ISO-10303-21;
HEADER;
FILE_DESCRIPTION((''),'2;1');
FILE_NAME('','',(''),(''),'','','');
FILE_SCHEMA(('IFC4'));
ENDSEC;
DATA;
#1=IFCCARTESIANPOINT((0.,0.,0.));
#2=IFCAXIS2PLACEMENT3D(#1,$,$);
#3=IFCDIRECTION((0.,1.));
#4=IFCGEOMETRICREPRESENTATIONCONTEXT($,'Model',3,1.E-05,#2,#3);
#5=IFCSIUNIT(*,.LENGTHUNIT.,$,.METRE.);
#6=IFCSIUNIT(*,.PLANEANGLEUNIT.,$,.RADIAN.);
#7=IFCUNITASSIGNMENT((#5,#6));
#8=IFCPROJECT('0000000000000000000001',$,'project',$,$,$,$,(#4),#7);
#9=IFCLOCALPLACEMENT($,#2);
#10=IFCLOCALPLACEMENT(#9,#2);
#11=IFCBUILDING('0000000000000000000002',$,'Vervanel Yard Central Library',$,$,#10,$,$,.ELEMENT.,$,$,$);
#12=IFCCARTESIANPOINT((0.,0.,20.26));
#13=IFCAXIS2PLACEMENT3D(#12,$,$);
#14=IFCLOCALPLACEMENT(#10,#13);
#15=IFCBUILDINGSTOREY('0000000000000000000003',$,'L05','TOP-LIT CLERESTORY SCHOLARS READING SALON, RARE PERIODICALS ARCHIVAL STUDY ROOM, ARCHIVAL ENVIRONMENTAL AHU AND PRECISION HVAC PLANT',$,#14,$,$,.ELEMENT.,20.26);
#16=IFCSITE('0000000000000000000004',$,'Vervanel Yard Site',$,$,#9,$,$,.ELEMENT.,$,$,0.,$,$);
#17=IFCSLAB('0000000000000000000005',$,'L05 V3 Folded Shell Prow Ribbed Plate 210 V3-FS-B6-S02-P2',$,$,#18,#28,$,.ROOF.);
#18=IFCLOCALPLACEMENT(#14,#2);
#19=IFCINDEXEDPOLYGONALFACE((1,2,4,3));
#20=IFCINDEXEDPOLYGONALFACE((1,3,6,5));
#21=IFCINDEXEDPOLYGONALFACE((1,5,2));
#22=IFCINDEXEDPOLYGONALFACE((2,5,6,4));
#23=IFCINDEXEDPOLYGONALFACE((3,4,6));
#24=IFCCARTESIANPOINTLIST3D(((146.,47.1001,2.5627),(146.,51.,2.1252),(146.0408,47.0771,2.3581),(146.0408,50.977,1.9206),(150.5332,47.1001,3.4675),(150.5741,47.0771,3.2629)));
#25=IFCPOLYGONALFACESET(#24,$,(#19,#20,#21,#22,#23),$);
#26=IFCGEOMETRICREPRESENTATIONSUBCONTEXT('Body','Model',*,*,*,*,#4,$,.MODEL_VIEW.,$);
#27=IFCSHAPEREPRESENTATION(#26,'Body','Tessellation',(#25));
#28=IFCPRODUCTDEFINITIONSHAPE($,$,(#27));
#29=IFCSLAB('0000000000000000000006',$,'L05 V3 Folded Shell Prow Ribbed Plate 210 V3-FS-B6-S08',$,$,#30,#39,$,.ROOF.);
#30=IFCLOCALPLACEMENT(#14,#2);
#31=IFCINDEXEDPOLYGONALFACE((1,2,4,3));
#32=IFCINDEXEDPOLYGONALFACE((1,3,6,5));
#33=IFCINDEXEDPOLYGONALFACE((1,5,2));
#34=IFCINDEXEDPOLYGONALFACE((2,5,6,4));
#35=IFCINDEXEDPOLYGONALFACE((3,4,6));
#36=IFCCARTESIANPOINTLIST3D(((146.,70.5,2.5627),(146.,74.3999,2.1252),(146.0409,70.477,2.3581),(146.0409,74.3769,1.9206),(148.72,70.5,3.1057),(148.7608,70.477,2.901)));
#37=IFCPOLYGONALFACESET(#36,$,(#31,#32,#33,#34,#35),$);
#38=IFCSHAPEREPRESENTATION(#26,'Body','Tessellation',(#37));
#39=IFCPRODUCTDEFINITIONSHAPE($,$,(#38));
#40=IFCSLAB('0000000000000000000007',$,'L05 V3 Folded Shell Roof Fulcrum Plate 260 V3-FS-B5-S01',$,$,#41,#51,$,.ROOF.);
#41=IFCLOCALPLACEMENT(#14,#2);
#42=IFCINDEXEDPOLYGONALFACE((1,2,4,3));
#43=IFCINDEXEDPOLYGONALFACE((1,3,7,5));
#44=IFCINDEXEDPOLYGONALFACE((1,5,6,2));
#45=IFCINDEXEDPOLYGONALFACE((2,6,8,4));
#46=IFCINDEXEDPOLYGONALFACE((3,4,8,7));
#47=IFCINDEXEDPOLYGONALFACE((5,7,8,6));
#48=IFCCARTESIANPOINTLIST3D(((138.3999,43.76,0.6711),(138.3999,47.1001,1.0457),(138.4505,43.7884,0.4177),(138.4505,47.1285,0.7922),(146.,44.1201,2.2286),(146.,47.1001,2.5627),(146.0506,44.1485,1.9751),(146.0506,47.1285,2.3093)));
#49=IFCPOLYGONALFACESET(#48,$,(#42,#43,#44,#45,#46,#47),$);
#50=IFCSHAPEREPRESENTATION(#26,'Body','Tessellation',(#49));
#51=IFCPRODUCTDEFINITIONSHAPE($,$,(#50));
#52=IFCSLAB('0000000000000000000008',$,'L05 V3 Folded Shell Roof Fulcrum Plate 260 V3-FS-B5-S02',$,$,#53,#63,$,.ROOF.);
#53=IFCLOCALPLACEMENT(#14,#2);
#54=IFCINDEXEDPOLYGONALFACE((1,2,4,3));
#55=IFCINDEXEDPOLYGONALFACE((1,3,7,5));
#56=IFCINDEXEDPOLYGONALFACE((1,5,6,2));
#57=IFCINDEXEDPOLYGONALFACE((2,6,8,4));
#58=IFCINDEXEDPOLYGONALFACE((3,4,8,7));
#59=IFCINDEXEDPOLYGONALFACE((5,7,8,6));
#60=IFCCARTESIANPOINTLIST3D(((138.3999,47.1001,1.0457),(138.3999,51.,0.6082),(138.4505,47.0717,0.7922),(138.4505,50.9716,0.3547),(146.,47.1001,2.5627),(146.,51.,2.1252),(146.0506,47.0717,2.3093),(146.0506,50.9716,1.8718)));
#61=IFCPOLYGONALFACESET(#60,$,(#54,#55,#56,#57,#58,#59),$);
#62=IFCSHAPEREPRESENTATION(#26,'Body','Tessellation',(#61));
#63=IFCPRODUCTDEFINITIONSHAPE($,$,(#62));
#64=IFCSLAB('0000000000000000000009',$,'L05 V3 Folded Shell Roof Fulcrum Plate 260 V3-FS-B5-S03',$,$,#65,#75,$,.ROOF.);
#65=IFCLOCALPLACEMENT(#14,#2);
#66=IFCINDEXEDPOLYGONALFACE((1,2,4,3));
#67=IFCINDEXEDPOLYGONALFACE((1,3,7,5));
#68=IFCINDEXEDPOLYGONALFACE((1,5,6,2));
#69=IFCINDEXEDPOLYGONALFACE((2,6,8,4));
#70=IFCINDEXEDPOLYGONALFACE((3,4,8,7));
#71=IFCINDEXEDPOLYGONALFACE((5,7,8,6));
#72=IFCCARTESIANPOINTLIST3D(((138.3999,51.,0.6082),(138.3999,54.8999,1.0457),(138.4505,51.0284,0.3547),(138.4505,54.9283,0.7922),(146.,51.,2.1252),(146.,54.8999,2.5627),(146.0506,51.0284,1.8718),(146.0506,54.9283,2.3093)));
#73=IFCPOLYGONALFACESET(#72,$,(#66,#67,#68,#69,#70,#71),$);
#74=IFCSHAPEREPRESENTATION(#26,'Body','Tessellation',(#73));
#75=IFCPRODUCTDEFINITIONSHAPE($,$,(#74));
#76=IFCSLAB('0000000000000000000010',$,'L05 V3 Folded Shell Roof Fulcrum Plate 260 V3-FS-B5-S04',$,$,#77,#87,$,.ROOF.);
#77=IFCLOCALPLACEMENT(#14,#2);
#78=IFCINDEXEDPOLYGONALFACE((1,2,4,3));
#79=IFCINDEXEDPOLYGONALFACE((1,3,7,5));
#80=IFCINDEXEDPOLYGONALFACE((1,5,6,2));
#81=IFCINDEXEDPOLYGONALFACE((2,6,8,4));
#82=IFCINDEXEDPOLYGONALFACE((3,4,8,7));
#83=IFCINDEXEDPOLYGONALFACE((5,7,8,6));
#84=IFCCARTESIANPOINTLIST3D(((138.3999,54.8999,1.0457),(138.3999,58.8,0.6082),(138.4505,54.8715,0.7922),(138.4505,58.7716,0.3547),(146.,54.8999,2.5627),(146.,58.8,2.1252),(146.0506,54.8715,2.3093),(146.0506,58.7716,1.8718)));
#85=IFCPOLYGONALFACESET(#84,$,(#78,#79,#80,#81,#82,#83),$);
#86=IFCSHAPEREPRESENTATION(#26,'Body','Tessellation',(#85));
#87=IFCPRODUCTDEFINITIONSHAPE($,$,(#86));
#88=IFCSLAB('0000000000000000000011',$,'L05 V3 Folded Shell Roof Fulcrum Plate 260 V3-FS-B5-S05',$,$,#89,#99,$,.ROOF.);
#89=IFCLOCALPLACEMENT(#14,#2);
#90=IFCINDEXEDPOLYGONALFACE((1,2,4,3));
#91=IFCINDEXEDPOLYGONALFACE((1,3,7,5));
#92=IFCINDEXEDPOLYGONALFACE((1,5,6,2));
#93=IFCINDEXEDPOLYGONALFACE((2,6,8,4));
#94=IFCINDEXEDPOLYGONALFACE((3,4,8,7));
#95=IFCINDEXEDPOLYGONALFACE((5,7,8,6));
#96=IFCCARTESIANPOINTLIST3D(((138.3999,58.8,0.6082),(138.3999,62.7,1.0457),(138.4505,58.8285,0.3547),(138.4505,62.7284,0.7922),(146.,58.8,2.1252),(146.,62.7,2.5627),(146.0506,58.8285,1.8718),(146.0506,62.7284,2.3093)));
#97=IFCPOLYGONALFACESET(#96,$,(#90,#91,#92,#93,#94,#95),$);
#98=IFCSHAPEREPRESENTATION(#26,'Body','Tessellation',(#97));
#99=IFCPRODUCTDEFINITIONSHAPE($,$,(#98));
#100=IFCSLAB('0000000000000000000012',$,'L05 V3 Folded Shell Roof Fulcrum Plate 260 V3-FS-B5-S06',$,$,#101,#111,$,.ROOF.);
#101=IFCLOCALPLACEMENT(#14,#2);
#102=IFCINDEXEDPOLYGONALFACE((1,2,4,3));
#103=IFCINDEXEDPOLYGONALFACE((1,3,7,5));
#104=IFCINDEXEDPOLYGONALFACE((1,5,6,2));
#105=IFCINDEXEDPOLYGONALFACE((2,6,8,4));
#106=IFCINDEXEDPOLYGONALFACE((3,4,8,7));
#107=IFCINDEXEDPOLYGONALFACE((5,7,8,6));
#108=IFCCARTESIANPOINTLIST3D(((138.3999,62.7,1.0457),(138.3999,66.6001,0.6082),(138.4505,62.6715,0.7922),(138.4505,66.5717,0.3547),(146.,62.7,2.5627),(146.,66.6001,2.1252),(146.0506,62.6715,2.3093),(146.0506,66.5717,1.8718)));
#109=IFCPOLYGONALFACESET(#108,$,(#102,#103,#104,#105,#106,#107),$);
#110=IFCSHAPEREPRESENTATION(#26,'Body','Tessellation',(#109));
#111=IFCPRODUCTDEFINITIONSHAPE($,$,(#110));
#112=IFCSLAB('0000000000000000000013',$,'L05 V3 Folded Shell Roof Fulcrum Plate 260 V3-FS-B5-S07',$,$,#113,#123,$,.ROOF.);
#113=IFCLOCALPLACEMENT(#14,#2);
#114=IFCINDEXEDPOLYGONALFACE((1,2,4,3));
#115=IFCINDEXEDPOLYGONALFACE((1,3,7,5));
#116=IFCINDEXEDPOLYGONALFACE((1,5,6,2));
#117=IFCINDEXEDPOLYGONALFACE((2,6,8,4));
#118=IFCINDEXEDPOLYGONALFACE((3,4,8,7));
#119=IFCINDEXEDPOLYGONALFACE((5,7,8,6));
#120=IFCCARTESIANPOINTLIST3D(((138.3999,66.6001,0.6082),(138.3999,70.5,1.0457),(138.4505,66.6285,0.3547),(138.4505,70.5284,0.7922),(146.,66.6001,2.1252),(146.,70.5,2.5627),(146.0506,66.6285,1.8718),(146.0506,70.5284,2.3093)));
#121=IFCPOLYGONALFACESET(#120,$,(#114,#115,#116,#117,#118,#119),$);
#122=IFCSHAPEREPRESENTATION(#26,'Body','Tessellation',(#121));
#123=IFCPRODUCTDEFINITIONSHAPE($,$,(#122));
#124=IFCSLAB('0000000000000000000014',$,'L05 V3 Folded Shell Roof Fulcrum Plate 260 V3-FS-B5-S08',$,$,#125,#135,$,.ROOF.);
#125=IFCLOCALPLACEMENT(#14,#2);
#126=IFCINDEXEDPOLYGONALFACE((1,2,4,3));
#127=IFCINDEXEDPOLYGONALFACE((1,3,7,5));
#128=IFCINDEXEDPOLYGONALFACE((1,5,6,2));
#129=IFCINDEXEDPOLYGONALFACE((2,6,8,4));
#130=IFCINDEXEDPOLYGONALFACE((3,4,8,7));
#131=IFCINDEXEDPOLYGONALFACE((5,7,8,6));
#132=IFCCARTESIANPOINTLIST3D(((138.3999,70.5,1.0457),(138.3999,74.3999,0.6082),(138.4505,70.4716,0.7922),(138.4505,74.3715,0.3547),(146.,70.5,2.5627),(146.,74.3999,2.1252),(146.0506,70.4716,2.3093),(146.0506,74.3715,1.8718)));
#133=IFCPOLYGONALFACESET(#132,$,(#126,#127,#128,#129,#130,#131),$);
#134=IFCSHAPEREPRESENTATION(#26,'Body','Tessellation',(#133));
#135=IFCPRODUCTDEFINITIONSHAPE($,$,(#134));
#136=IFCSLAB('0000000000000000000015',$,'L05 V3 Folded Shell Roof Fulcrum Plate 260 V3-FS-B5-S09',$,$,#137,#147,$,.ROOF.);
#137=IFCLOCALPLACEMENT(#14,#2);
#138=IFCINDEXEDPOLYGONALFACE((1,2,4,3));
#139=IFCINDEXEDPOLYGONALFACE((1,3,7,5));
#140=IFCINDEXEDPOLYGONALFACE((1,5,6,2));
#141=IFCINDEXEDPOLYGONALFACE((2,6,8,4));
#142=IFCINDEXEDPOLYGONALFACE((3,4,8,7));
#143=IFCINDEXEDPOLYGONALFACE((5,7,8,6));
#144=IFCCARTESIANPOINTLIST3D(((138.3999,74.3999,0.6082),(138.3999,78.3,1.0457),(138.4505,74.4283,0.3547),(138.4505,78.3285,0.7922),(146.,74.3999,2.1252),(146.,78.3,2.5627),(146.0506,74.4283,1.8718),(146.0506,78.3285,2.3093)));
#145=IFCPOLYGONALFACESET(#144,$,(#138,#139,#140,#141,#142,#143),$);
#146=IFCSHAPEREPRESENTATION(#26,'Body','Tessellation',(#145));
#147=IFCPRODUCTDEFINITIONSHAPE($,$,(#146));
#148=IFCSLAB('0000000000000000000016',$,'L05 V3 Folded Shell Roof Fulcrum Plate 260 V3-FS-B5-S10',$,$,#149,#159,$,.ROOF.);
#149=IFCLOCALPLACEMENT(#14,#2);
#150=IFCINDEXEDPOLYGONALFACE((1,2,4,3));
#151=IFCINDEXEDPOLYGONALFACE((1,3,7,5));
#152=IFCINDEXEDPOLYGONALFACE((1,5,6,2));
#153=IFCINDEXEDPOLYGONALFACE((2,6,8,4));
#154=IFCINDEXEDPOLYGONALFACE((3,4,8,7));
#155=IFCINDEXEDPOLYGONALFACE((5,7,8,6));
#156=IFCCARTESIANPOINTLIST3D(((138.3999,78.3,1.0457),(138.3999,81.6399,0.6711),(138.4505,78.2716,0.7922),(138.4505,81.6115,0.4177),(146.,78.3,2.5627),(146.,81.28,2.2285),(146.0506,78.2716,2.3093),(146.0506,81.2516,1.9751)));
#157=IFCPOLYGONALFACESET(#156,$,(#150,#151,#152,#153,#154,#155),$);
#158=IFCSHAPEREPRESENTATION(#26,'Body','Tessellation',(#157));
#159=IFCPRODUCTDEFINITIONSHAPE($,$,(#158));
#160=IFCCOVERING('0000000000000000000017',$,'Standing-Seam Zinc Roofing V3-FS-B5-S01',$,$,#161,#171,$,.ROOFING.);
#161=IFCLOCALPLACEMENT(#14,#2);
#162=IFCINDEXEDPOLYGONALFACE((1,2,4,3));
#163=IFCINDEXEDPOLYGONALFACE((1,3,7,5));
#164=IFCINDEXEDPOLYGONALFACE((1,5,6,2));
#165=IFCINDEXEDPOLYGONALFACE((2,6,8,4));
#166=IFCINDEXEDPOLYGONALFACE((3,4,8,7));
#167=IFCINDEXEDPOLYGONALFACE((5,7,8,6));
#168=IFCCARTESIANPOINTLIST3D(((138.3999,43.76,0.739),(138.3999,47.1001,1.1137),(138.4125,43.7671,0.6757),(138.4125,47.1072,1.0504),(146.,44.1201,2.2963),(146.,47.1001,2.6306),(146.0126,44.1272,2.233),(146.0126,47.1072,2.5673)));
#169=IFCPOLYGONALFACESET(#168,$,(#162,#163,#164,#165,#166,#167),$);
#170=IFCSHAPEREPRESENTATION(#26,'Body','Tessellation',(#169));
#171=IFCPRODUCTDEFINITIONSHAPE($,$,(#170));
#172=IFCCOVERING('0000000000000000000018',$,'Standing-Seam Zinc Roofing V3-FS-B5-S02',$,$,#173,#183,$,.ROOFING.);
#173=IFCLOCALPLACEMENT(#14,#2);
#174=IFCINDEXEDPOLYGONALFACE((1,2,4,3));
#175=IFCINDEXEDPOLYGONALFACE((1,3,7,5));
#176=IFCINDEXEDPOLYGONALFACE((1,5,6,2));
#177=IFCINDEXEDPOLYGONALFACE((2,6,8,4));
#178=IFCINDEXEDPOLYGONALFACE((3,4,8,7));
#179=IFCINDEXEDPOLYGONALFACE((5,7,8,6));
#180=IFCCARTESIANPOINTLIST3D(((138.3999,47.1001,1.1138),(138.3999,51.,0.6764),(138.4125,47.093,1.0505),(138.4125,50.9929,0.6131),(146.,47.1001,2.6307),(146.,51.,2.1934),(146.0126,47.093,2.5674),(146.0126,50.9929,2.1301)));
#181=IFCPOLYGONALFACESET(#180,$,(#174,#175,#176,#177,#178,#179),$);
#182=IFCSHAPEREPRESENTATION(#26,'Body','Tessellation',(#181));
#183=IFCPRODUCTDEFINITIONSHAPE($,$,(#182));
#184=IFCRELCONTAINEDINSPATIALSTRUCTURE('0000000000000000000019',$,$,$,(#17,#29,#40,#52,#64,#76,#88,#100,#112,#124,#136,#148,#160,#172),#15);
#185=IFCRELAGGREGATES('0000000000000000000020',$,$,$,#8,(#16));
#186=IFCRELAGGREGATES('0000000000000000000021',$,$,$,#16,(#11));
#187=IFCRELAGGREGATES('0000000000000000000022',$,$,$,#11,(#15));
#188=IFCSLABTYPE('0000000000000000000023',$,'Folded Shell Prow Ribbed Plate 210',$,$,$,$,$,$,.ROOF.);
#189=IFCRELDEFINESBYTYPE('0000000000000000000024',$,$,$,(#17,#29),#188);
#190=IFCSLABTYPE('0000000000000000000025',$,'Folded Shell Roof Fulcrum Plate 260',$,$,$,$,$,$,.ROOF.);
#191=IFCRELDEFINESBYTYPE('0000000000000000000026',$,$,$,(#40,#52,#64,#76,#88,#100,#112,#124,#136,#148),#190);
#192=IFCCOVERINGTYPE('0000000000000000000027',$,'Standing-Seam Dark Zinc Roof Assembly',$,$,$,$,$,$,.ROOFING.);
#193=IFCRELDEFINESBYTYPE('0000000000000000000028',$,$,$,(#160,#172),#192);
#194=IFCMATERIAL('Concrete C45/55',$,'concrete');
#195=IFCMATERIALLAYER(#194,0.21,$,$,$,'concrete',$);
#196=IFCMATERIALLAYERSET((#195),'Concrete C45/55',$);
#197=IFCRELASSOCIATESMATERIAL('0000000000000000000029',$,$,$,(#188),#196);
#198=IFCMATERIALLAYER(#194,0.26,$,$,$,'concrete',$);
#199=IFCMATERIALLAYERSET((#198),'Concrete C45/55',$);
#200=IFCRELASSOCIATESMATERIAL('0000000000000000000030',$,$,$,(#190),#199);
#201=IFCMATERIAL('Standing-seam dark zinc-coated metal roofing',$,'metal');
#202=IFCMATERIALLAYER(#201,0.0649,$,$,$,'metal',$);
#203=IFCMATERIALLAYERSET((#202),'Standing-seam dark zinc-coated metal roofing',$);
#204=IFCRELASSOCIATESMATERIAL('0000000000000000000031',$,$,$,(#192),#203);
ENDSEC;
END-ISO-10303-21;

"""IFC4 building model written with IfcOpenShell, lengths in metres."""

from ifc_helpers import new_model, si_unit, direction, frame, origin, place, context, subcontext, project, spatial, polyline, outline, extrude, material, layer, layer_set, type_object, element, save


model = new_model("IFC4")

# Units and contexts
model_context = context("Model", 3, precision=1e-05, world=origin(), true_north=direction((0.0, 1.0)))
body_context = subcontext(model_context, "Body", "Model", "MODEL_VIEW")
ifc_project = project(units=[si_unit("LENGTHUNIT", "METRE"), si_unit("PLANEANGLEUNIT", "RADIAN")], contexts=[model_context])

# Site, building, storey
site_placement = place(None, origin())
site = spatial("IfcSite", under=ifc_project, at=site_placement, Name="Vervanel Yard Site", CompositionType="ELEMENT", RefElevation=0.0)
building_placement = place(site_placement, origin())
building = spatial("IfcBuilding", under=site, at=building_placement, Name="Vervanel Yard Central Library", CompositionType="ELEMENT")
storey_placement = place(building_placement, frame((0.0, 0.0, 20.26)))
storey = spatial("IfcBuildingStorey", under=building, at=storey_placement, Name="L05", Description="TOP-LIT CLERESTORY SCHOLARS READING SALON, RARE PERIODICALS ARCHIVAL STUDY ROOM, ARCHIVAL ENVIRONMENTAL AHU AND PRECISION HVAC PLANT", CompositionType="ELEMENT", Elevation=20.26)

# Slabs
ifc_material_1 = material(Name="Concrete C45/55", Category="concrete")
ifc_layer_1 = layer(ifc_material_1, 0.21, Category="concrete")
ifc_layer_set_1 = layer_set([ifc_layer_1], Name="Concrete C45/55")
slab_type_1 = type_object("IfcSlabType", Name="Folded Shell Prow Ribbed Plate 210", PredefinedType="ROOF", material=ifc_layer_set_1)
slab_1_placement = place(storey_placement, frame((146.0, 51.0, 2.1252), z_axis=(-0.194556, 0.109353, 0.974777), x_axis=(0.739669, -0.636335, 0.219016)))
element("IfcSlab", 1, at=slab_1_placement, inside=storey, type_object=slab_type_1, Name="L05 V3 Folded Shell Prow Ribbed Plate 210 V3-FS-B6-S02-P2", PredefinedType="ROOF", context=body_context, shape_type="SweptSolid", body=[
    extrude(outline(polyline([(2.5775, -2.9593), (6.1287, 0.0), (0.0, 0.0), (2.5775, -2.9593)])), origin(), (0.0, 0.0, -1.0), 0.21),
])
slab_2_placement = place(storey_placement, frame((146.0, 74.3999, 2.1252), z_axis=(-0.194587, 0.109352, 0.974771), x_axis=(0.560268, -0.803313, 0.20196)))
element("IfcSlab", 2, at=slab_2_placement, inside=storey, type_object=slab_type_1, Name="L05 V3 Folded Shell Prow Ribbed Plate 210 V3-FS-B6-S08", PredefinedType="ROOF", context=body_context, shape_type="SweptSolid", body=[
    extrude(outline(polyline([(3.2212, -2.2415), (4.8548, 0.0), (0.0, 0.0), (3.2212, -2.2415)])), origin(), (0.0, 0.0, -1.0), 0.21),
])
ifc_layer_2 = layer(ifc_material_1, 0.26, Category="concrete")
ifc_layer_set_2 = layer_set([ifc_layer_2], Name="Concrete C45/55")
slab_type_2 = type_object("IfcSlabType", Name="Folded Shell Roof Fulcrum Plate 260", PredefinedType="ROOF", material=ifc_layer_set_2)
slab_3_placement = place(storey_placement, frame((138.3999, 43.76, 0.6711), z_axis=(-0.194573, -0.109313, 0.974778), x_axis=(0.978589, 0.046367, 0.200534)))
element("IfcSlab", 3, at=slab_3_placement, inside=storey, type_object=slab_type_2, Name="L05 V3 Folded Shell Roof Fulcrum Plate 260 V3-FS-B5-S01", PredefinedType="ROOF", context=body_context, shape_type="SweptSolid", body=[
    extrude(outline(polyline([(0.0, 0.0), (7.7664, 0.0), (7.9716, 2.9916), (0.23, 3.3531), (0.0, 0.0)])), origin(), (0.0, 0.0, -1.0), 0.26),
])
slab_4_placement = place(storey_placement, frame((138.3999, 47.1001, 1.0457), z_axis=(-0.194579, 0.109352, 0.974772), x_axis=(0.980653, 0.0, 0.195753)))
element("IfcSlab", 4, at=slab_4_placement, inside=storey, type_object=slab_type_2, Name="L05 V3 Folded Shell Roof Fulcrum Plate 260 V3-FS-B5-S02", PredefinedType="ROOF", context=body_context, shape_type="SweptSolid", body=[
    extrude(outline(polyline([(0.0, 0.0), (7.75, 0.0), (7.6644, 3.9234), (-0.0856, 3.9234), (0.0, 0.0)])), origin(), (0.0, 0.0, -1.0), 0.26),
])
slab_5_placement = place(storey_placement, frame((138.3999, 51.0, 0.6082), z_axis=(-0.194579, -0.109352, 0.974772), x_axis=(0.980653, 0.0, 0.195753)))
element("IfcSlab", 5, at=slab_5_placement, inside=storey, type_object=slab_type_2, Name="L05 V3 Folded Shell Roof Fulcrum Plate 260 V3-FS-B5-S03", PredefinedType="ROOF", context=body_context, shape_type="SweptSolid", body=[
    extrude(outline(polyline([(0.0, 0.0), (7.75, 0.0), (7.8357, 3.9234), (0.0856, 3.9234), (0.0, 0.0)])), origin(), (0.0, 0.0, -1.0), 0.26),
])
slab_6_placement = place(storey_placement, frame((138.3999, 54.8999, 1.0457), z_axis=(-0.194579, 0.109345, 0.974773), x_axis=(0.980653, 0.0, 0.195753)))
element("IfcSlab", 6, at=slab_6_placement, inside=storey, type_object=slab_type_2, Name="L05 V3 Folded Shell Roof Fulcrum Plate 260 V3-FS-B5-S04", PredefinedType="ROOF", context=body_context, shape_type="SweptSolid", body=[
    extrude(outline(polyline([(0.0, 0.0), (7.75, 0.0), (7.6644, 3.9237), (-0.0856, 3.9237), (0.0, 0.0)])), origin(), (0.0, 0.0, -1.0), 0.26),
])
slab_7_placement = place(storey_placement, frame((138.3999, 58.8, 0.6082), z_axis=(-0.194579, -0.109352, 0.974772), x_axis=(0.980653, 0.0, 0.195753)))
element("IfcSlab", 7, at=slab_7_placement, inside=storey, type_object=slab_type_2, Name="L05 V3 Folded Shell Roof Fulcrum Plate 260 V3-FS-B5-S05", PredefinedType="ROOF", context=body_context, shape_type="SweptSolid", body=[
    extrude(outline(polyline([(0.0, 0.0), (7.75, 0.0), (7.8357, 3.9234), (0.0856, 3.9234), (0.0, 0.0)])), origin(), (0.0, 0.0, -1.0), 0.26),
])
slab_8_placement = place(storey_placement, frame((138.3999, 62.7, 1.0457), z_axis=(-0.194579, 0.109345, 0.974773), x_axis=(0.980653, 0.0, 0.195753)))
element("IfcSlab", 8, at=slab_8_placement, inside=storey, type_object=slab_type_2, Name="L05 V3 Folded Shell Roof Fulcrum Plate 260 V3-FS-B5-S06", PredefinedType="ROOF", context=body_context, shape_type="SweptSolid", body=[
    extrude(outline(polyline([(0.0, 0.0), (7.75, 0.0), (7.6644, 3.9237), (-0.0856, 3.9237), (0.0, 0.0)])), origin(), (0.0, 0.0, -1.0), 0.26),
])
slab_9_placement = place(storey_placement, frame((138.3999, 66.6001, 0.6082), z_axis=(-0.194579, -0.109352, 0.974772), x_axis=(0.980653, 0.0, 0.195753)))
element("IfcSlab", 9, at=slab_9_placement, inside=storey, type_object=slab_type_2, Name="L05 V3 Folded Shell Roof Fulcrum Plate 260 V3-FS-B5-S07", PredefinedType="ROOF", context=body_context, shape_type="SweptSolid", body=[
    extrude(outline(polyline([(0.0, 0.0), (7.75, 0.0), (7.8357, 3.9234), (0.0856, 3.9234), (0.0, 0.0)])), origin(), (0.0, 0.0, -1.0), 0.26),
])
slab_10_placement = place(storey_placement, frame((138.3999, 70.5, 1.0457), z_axis=(-0.194579, 0.109352, 0.974772), x_axis=(0.980653, 0.0, 0.195753)))
element("IfcSlab", 10, at=slab_10_placement, inside=storey, type_object=slab_type_2, Name="L05 V3 Folded Shell Roof Fulcrum Plate 260 V3-FS-B5-S08", PredefinedType="ROOF", context=body_context, shape_type="SweptSolid", body=[
    extrude(outline(polyline([(0.0, 0.0), (7.75, 0.0), (7.6644, 3.9234), (-0.0856, 3.9234), (0.0, 0.0)])), origin(), (0.0, 0.0, -1.0), 0.26),
])
slab_11_placement = place(storey_placement, frame((138.3999, 74.3999, 0.6082), z_axis=(-0.194579, -0.109345, 0.974773), x_axis=(0.980653, 0.0, 0.195753)))
element("IfcSlab", 11, at=slab_11_placement, inside=storey, type_object=slab_type_2, Name="L05 V3 Folded Shell Roof Fulcrum Plate 260 V3-FS-B5-S09", PredefinedType="ROOF", context=body_context, shape_type="SweptSolid", body=[
    extrude(outline(polyline([(0.0, 0.0), (7.75, 0.0), (7.8357, 3.9237), (0.0856, 3.9237), (0.0, 0.0)])), origin(), (0.0, 0.0, -1.0), 0.26),
])
slab_12_placement = place(storey_placement, frame((138.3999, 78.3, 1.0457), z_axis=(-0.194575, 0.109317, 0.974777), x_axis=(0.980654, -0.000001, 0.195748)))
element("IfcSlab", 12, at=slab_12_placement, inside=storey, type_object=slab_type_2, Name="L05 V3 Folded Shell Roof Fulcrum Plate 260 V3-FS-B5-S10", PredefinedType="ROOF", context=body_context, shape_type="SweptSolid", body=[
    extrude(outline(polyline([(0.0, 0.0), (7.75, 0.0), (7.6846, 2.998), (-0.0733, 3.36), (0.0, 0.0)])), origin(), (0.0, 0.0, -1.0), 0.26),
])

# Coverings
ifc_material_2 = material(Name="Standing-seam dark zinc-coated metal roofing", Category="metal")
ifc_layer_3 = layer(ifc_material_2, 0.0649, Category="metal")
ifc_layer_set_3 = layer_set([ifc_layer_3], Name="Standing-seam dark zinc-coated metal roofing")
covering_type_1 = type_object("IfcCoveringType", Name="Standing-Seam Dark Zinc Roof Assembly", PredefinedType="ROOFING", material=ifc_layer_set_3)
covering_1_placement = place(storey_placement, frame((138.3999, 43.76, 0.739), z_axis=(-0.194557, -0.10935, 0.974777), x_axis=(0.978592, 0.046368, 0.20052)))
element("IfcCovering", 13, at=covering_1_placement, inside=storey, type_object=covering_type_1, Name="Standing-Seam Zinc Roofing V3-FS-B5-S01", PredefinedType="ROOFING", context=body_context, shape_type="SweptSolid", body=[
    extrude(outline(polyline([(0.0, 0.0), (7.7664, 0.0), (7.9716, 2.9916), (0.23, 3.3532), (0.0, 0.0)])), origin(), (0.0, 0.0, -1.0), 0.0649),
])
covering_2_placement = place(storey_placement, frame((138.3999, 47.1001, 1.1138), z_axis=(-0.194564, 0.109322, 0.974779), x_axis=(0.980656, 0.000002, 0.195737)))
element("IfcCovering", 14, at=covering_2_placement, inside=storey, type_object=covering_type_1, Name="Standing-Seam Zinc Roofing V3-FS-B5-S02", PredefinedType="ROOFING", context=body_context, shape_type="SweptSolid", body=[
    extrude(outline(polyline([(0.0, 0.0), (7.75, 0.0), (7.6644, 3.9234), (-0.0856, 3.9234), (0.0, 0.0)])), origin(), (0.0, 0.0, -1.0), 0.0649),
])

save(model, "model.ifc")
